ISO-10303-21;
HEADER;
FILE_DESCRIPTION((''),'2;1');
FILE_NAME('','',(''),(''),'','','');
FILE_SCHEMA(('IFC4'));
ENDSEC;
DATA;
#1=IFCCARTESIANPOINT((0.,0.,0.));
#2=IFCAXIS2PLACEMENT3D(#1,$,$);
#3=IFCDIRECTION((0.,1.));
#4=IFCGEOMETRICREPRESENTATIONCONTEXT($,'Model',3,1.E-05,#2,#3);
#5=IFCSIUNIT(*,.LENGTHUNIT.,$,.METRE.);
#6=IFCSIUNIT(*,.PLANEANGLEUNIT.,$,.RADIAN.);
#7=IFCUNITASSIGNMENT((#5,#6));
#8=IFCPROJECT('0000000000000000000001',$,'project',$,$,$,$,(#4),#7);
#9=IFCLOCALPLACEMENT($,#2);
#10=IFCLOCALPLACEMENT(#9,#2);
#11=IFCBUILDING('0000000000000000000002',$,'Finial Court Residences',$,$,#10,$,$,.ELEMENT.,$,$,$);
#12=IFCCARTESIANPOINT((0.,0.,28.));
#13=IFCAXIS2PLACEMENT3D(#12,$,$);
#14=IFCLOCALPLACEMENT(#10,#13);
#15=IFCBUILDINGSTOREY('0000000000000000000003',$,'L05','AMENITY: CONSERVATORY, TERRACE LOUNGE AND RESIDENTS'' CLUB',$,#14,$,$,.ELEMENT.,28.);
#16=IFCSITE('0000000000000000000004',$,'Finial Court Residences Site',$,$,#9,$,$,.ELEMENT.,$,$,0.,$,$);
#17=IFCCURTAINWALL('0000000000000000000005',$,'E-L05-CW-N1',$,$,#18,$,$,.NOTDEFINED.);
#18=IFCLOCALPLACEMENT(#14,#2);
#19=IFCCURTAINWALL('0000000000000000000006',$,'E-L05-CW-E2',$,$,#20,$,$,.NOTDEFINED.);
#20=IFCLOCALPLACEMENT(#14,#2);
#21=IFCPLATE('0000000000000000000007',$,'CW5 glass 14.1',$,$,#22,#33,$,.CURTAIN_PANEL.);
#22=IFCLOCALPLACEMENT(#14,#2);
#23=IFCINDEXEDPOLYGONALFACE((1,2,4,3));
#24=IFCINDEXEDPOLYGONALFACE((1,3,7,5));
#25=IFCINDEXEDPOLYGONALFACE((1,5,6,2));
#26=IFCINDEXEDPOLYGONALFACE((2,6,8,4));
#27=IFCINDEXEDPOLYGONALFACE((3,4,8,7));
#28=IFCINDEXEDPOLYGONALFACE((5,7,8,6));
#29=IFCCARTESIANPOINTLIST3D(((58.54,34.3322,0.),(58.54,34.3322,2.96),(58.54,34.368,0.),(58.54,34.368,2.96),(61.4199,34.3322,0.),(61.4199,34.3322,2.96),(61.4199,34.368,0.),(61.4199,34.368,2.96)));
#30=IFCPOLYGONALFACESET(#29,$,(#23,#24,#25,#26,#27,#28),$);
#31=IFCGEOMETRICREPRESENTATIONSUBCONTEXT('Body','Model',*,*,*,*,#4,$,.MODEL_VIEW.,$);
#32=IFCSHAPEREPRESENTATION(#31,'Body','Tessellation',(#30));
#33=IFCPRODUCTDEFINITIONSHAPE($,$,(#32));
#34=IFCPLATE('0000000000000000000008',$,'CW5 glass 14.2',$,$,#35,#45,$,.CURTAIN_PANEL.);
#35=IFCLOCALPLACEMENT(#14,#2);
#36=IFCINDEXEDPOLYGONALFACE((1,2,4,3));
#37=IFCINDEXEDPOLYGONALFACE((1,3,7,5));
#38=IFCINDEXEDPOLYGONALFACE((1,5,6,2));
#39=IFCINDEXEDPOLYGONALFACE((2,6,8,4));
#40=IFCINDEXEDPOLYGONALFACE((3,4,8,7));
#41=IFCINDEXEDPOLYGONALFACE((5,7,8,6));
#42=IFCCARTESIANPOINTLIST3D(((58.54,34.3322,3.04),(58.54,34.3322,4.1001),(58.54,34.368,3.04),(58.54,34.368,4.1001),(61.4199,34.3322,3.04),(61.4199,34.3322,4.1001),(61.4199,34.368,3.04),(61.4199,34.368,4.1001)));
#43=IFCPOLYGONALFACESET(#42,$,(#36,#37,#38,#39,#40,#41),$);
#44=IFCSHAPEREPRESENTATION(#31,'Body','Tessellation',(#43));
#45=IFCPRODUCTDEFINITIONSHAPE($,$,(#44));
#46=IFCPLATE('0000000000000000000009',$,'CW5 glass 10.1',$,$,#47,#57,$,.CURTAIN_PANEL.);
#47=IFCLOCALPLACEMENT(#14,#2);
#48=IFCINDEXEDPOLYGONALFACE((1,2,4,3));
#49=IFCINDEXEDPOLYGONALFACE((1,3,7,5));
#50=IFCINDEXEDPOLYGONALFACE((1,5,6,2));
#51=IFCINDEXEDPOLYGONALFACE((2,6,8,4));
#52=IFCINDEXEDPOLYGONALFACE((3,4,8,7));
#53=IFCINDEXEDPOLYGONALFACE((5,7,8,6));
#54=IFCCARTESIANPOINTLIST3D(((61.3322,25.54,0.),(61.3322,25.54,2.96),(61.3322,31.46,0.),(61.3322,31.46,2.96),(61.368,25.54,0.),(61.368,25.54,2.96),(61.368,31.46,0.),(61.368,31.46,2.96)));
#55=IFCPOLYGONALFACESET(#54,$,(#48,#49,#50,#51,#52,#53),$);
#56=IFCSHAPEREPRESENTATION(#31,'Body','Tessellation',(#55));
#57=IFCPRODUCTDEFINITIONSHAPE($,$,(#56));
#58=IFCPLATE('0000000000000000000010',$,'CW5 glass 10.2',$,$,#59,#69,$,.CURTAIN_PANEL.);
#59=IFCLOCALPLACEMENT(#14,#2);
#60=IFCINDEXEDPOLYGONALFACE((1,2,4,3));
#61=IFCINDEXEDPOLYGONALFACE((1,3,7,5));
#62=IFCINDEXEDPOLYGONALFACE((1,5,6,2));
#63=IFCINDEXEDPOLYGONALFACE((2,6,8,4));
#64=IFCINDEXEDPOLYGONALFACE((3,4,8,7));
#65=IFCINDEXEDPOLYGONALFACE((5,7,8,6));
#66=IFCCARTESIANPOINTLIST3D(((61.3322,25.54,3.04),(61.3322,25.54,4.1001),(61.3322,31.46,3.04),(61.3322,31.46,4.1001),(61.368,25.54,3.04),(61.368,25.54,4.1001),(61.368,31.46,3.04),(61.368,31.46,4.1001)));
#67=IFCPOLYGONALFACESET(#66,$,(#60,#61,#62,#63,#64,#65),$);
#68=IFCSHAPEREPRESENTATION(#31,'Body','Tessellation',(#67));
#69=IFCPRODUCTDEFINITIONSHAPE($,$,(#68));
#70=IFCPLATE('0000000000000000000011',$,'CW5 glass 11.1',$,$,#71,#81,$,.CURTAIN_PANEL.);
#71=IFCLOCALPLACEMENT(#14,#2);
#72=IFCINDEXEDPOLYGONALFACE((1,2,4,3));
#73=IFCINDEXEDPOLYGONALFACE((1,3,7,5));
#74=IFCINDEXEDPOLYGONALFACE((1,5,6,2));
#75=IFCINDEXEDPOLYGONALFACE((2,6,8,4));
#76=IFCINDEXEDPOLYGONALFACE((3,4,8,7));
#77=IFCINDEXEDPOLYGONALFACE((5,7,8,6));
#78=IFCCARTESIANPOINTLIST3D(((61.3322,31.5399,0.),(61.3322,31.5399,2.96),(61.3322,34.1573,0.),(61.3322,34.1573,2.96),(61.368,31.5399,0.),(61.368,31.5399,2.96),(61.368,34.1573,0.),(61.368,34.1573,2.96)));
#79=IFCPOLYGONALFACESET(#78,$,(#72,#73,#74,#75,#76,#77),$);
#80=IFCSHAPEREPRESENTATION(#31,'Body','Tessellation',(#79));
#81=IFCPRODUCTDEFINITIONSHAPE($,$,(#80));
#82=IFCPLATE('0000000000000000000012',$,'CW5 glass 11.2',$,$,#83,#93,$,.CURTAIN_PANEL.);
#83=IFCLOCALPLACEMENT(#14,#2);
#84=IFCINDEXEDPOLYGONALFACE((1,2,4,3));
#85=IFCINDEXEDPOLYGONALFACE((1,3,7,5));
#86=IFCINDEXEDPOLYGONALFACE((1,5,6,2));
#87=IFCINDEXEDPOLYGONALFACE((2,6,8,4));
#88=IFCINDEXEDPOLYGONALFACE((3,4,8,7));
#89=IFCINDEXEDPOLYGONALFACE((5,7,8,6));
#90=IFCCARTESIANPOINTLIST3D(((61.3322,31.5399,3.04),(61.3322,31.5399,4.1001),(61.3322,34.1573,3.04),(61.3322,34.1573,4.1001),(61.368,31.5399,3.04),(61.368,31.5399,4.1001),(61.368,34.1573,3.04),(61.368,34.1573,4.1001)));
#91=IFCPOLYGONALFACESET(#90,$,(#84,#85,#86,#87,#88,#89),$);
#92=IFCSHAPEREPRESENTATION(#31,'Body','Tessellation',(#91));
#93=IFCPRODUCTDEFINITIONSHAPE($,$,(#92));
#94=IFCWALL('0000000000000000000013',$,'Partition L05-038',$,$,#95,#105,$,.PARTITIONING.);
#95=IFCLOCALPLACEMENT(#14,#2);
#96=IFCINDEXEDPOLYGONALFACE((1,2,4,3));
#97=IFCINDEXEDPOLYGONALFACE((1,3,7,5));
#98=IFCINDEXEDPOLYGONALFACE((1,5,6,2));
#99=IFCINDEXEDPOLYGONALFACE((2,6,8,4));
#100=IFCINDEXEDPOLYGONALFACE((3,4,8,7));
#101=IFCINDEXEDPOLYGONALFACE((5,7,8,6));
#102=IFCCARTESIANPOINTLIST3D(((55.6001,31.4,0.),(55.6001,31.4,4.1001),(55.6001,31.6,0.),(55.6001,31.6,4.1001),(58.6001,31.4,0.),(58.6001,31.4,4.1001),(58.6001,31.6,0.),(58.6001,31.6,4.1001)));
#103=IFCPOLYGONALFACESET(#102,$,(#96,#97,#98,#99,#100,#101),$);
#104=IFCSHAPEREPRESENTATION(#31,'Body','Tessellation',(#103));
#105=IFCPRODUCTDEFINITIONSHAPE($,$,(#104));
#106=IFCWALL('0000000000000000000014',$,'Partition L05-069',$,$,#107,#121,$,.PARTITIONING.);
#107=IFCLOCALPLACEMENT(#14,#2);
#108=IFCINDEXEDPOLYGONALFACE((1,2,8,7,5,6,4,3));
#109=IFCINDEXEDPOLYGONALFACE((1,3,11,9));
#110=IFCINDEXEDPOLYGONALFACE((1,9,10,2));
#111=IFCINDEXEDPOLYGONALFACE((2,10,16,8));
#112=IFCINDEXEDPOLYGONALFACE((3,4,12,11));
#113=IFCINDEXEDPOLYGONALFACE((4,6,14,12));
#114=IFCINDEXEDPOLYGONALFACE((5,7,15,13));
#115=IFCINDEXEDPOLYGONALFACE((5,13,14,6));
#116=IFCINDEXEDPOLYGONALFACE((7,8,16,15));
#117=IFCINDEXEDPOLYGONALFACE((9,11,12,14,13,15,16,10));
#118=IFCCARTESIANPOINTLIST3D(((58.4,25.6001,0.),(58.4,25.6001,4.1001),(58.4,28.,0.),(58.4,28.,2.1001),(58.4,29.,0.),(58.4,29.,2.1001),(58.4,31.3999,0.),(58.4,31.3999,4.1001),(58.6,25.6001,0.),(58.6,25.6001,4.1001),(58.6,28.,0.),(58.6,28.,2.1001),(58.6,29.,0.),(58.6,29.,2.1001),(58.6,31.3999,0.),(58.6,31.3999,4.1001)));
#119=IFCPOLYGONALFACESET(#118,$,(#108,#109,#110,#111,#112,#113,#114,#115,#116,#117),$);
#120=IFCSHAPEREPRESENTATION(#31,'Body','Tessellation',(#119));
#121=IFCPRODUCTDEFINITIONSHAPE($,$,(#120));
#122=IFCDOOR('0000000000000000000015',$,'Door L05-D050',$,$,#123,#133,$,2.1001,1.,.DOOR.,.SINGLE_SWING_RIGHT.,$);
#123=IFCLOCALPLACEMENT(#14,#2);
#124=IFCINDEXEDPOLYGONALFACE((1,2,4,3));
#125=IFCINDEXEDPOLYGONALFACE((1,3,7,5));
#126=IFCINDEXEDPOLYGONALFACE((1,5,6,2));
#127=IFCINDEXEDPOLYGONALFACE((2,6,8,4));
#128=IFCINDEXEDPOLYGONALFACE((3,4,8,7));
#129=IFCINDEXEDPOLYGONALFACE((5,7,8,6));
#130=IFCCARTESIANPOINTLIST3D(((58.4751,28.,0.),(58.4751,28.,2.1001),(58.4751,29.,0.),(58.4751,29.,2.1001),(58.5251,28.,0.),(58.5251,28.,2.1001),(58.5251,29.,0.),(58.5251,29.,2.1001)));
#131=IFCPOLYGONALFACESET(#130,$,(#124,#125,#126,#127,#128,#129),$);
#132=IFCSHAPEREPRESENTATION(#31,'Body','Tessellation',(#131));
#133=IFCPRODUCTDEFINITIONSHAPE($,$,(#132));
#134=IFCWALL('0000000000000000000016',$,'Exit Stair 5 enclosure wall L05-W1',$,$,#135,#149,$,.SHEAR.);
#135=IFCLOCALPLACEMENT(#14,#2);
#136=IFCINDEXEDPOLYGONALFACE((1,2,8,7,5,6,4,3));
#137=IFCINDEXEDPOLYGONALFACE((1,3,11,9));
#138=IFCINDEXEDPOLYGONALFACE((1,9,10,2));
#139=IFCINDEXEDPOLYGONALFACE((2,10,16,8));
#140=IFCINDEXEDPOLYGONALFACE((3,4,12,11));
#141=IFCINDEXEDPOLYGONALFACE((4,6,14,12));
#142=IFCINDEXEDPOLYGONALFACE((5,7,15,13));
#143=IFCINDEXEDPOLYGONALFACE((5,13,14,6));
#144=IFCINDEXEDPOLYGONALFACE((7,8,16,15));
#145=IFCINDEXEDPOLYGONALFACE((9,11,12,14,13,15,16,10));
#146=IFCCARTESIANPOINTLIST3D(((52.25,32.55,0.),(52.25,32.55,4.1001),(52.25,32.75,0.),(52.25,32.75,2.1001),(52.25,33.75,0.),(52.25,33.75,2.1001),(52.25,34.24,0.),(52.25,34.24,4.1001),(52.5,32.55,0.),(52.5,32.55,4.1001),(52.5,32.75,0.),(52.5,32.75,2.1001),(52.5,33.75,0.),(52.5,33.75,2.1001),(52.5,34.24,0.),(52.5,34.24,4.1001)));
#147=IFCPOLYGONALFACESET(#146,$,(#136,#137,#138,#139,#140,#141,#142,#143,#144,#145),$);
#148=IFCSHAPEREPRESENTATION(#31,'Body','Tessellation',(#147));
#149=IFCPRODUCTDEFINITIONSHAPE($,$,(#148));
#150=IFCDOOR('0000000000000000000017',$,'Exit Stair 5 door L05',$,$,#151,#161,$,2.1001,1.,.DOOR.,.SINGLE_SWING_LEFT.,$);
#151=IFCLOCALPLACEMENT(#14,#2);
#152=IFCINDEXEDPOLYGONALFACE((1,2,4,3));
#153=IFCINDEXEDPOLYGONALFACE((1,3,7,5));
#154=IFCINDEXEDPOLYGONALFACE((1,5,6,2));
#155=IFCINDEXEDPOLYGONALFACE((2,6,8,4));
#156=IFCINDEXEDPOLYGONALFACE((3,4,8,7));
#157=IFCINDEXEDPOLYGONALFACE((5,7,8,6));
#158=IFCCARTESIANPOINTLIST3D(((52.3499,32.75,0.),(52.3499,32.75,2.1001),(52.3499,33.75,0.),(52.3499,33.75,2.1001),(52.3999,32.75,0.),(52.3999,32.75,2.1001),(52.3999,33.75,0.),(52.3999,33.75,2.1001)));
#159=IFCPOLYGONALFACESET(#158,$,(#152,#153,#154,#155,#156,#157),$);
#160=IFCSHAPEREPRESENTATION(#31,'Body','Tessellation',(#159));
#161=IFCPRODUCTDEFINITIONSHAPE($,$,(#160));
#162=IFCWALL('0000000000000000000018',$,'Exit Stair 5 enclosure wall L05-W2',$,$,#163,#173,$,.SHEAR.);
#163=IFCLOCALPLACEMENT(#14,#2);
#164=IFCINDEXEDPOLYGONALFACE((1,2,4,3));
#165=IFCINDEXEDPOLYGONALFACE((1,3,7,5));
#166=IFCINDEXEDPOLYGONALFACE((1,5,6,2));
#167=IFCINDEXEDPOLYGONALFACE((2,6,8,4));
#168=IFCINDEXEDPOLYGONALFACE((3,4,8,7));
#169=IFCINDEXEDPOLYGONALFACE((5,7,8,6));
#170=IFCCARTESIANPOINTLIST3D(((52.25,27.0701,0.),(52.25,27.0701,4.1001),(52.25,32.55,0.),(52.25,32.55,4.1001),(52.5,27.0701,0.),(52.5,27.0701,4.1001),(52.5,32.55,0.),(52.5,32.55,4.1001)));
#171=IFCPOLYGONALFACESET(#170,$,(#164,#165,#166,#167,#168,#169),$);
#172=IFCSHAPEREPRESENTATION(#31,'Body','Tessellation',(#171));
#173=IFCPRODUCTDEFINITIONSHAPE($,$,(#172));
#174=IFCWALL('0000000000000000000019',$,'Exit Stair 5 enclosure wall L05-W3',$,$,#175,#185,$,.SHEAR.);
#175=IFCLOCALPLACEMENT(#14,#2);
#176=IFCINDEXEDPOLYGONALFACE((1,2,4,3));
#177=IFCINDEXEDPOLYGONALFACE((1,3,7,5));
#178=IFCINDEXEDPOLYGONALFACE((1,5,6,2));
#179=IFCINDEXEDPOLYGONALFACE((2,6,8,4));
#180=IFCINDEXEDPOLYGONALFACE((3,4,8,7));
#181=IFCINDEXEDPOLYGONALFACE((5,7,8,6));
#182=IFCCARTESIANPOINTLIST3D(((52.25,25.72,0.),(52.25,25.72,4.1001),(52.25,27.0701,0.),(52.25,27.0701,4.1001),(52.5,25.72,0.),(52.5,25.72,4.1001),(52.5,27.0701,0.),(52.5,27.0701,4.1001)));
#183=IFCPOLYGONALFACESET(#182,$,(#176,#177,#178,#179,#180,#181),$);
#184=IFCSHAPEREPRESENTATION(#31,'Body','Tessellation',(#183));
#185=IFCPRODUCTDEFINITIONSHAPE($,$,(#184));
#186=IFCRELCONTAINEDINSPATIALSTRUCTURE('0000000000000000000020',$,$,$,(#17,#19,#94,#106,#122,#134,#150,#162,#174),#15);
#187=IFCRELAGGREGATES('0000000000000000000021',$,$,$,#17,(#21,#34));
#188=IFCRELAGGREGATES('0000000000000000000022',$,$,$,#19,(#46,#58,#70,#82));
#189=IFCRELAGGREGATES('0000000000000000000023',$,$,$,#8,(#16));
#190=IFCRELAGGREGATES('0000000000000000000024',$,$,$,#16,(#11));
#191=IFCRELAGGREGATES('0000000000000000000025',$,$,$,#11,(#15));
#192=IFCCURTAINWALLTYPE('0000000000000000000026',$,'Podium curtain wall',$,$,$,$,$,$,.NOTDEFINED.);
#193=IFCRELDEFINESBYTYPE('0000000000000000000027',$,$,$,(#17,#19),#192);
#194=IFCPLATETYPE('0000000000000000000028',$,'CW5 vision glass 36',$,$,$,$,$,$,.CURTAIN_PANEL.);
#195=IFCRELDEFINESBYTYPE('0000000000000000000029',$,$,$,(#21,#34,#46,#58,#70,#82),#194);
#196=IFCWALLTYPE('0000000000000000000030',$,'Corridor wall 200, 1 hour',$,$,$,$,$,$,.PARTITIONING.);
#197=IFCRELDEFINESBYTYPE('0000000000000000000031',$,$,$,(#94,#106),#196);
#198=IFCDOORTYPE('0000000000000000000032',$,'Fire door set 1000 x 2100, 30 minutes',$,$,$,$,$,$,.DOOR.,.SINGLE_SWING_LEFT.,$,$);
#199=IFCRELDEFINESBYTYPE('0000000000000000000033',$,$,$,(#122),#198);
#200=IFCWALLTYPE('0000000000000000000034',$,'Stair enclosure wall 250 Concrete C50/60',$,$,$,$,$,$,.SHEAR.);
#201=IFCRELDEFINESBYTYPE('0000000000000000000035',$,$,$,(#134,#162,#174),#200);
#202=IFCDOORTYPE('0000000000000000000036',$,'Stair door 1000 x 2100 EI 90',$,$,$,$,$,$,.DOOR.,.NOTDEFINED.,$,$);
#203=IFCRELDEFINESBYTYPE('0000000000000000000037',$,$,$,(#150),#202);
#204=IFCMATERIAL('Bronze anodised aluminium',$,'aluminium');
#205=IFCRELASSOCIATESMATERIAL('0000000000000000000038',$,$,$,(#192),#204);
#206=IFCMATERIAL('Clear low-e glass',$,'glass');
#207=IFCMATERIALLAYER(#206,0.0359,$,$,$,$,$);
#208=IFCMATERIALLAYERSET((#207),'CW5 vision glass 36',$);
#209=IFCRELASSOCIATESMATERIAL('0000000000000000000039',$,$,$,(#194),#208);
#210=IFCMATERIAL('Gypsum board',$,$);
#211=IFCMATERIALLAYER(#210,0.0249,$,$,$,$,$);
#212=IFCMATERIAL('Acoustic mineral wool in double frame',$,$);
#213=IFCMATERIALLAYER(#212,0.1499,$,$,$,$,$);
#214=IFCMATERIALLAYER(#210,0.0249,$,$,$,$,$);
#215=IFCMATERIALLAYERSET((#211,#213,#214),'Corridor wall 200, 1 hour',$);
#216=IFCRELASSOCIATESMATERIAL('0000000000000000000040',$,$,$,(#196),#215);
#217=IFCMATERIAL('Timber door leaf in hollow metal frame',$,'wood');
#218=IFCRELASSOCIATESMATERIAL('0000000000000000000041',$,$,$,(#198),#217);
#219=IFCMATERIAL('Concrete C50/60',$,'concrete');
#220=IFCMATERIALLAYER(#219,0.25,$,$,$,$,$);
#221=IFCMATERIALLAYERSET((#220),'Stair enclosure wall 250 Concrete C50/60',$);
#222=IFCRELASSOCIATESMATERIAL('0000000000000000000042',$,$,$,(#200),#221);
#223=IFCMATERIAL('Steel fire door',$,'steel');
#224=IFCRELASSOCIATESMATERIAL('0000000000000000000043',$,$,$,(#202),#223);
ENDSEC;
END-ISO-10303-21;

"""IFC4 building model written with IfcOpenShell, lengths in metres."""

from ifc_helpers import new_model, si_unit, direction, frame, frame_2d, origin, origin_2d, place, context, subcontext, project, spatial, rectangle, extrude, material, layer, layer_set, type_object, element, fill, aggregate, save


model = new_model("IFC4")

# Units and contexts
model_context = context("Model", 3, precision=1e-05, world=origin(), true_north=direction((0.0, 1.0)))
body_context = subcontext(model_context, "Body", "Model", "MODEL_VIEW")
ifc_project = project(units=[si_unit("LENGTHUNIT", "METRE"), si_unit("PLANEANGLEUNIT", "RADIAN")], contexts=[model_context])

# Site, building, storey
site_placement = place(None, origin())
site = spatial("IfcSite", under=ifc_project, at=site_placement, Name="Finial Court Residences Site", CompositionType="ELEMENT", RefElevation=0.0)
building_placement = place(site_placement, origin())
building = spatial("IfcBuilding", under=site, at=building_placement, Name="Finial Court Residences", CompositionType="ELEMENT")
storey_placement = place(building_placement, frame((0.0, 0.0, 28.0)))
storey = spatial("IfcBuildingStorey", under=building, at=storey_placement, Name="L05", Description="AMENITY: CONSERVATORY, TERRACE LOUNGE AND RESIDENTS' CLUB", CompositionType="ELEMENT", Elevation=28.0)

# Shared definitions
ifc_material_1 = material(Name="Concrete C50/60", Category="concrete")

# Curtain walls
ifc_material_2 = material(Name="Bronze anodised aluminium", Category="aluminium")
curtain_wall_type = type_object("IfcCurtainWallType", Name="Podium curtain wall", PredefinedType="NOTDEFINED", material=ifc_material_2)
curtain_wall_1_placement = place(storey_placement, origin())
curtain_wall_1 = element("IfcCurtainWall", 1, at=curtain_wall_1_placement, inside=storey, type_object=curtain_wall_type, Name="E-L05-CW-N1", PredefinedType="NOTDEFINED")
curtain_wall_2_placement = place(storey_placement, origin())
curtain_wall_2 = element("IfcCurtainWall", 2, at=curtain_wall_2_placement, inside=storey, type_object=curtain_wall_type, Name="E-L05-CW-E2", PredefinedType="NOTDEFINED")

# Plates
ifc_material_3 = material(Name="Clear low-e glass", Category="glass")
ifc_layer_1 = layer(ifc_material_3, 0.0359)
ifc_layer_set_1 = layer_set([ifc_layer_1], Name="CW5 vision glass 36")
plate_type = type_object("IfcPlateType", Name="CW5 vision glass 36", PredefinedType="CURTAIN_PANEL", material=ifc_layer_set_1)
plate_1_placement = place(storey_placement, frame((59.98, 34.3501, 0.0), z_axis=(0.0, 0.0, 1.0), x_axis=(1.0, 0.0, 0.0)))
plate_1 = element("IfcPlate", 3, at=plate_1_placement, type_object=plate_type, Name="CW5 glass 14.1", PredefinedType="CURTAIN_PANEL", context=body_context, shape_type="SweptSolid", body=[
    extrude(rectangle(XDim=2.8799, YDim=0.0359, at=origin_2d()), origin(), (0.0, 0.0, 1.0), 2.96),
])
plate_2_placement = place(storey_placement, frame((59.98, 34.3501, 3.04), z_axis=(0.0, 0.0, 1.0), x_axis=(1.0, 0.0, 0.0)))
plate_2 = element("IfcPlate", 4, at=plate_2_placement, type_object=plate_type, Name="CW5 glass 14.2", PredefinedType="CURTAIN_PANEL", context=body_context, shape_type="SweptSolid", body=[
    extrude(rectangle(XDim=2.8799, YDim=0.0359, at=origin_2d()), origin(), (0.0, 0.0, 1.0), 1.0601),
])
aggregate(curtain_wall_1, [plate_1, plate_2])
plate_3_placement = place(storey_placement, frame((61.3501, 28.5, 0.0), z_axis=(0.0, 0.0, 1.0), x_axis=(0.0, 1.0, 0.0)))
plate_3 = element("IfcPlate", 5, at=plate_3_placement, type_object=plate_type, Name="CW5 glass 10.1", PredefinedType="CURTAIN_PANEL", context=body_context, shape_type="SweptSolid", body=[
    extrude(rectangle(XDim=5.9199, YDim=0.0359, at=origin_2d()), origin(), (0.0, 0.0, 1.0), 2.96),
])
plate_4_placement = place(storey_placement, frame((61.3501, 28.5, 3.04), z_axis=(0.0, 0.0, 1.0), x_axis=(0.0, 1.0, 0.0)))
plate_4 = element("IfcPlate", 6, at=plate_4_placement, type_object=plate_type, Name="CW5 glass 10.2", PredefinedType="CURTAIN_PANEL", context=body_context, shape_type="SweptSolid", body=[
    extrude(rectangle(XDim=5.9199, YDim=0.0359, at=origin_2d()), origin(), (0.0, 0.0, 1.0), 1.0601),
])
plate_5_placement = place(storey_placement, frame((61.3501, 32.8486, 0.0), z_axis=(0.0, 0.0, 1.0), x_axis=(0.0, 1.0, 0.0)))
plate_5 = element("IfcPlate", 7, at=plate_5_placement, type_object=plate_type, Name="CW5 glass 11.1", PredefinedType="CURTAIN_PANEL", context=body_context, shape_type="SweptSolid", body=[
    extrude(rectangle(XDim=2.6174, YDim=0.0359, at=origin_2d()), origin(), (0.0, 0.0, 1.0), 2.96),
])
plate_6_placement = place(storey_placement, frame((61.3501, 32.8486, 3.04), z_axis=(0.0, 0.0, 1.0), x_axis=(0.0, 1.0, 0.0)))
plate_6 = element("IfcPlate", 8, at=plate_6_placement, type_object=plate_type, Name="CW5 glass 11.2", PredefinedType="CURTAIN_PANEL", context=body_context, shape_type="SweptSolid", body=[
    extrude(rectangle(XDim=2.6174, YDim=0.0359, at=origin_2d()), origin(), (0.0, 0.0, 1.0), 1.0601),
])
aggregate(curtain_wall_2, [plate_3, plate_4, plate_5, plate_6])

# Wall
ifc_material_4 = material(Name="Gypsum board")
ifc_layer_2 = layer(ifc_material_4, 0.0249)
ifc_material_5 = material(Name="Acoustic mineral wool in double frame")
ifc_layer_3 = layer(ifc_material_5, 0.1499)
ifc_layer_4 = layer(ifc_material_4, 0.0249)
ifc_layer_set_2 = layer_set([ifc_layer_2, ifc_layer_3, ifc_layer_4], Name="Corridor wall 200, 1 hour")
wall_type_1 = type_object("IfcWallType", Name="Corridor wall 200, 1 hour", PredefinedType="PARTITIONING", material=ifc_layer_set_2)
wall_1_placement = place(storey_placement, frame((55.6001, 31.5, 0.0), z_axis=(0.0, 0.0, 1.0), x_axis=(1.0, 0.0, 0.0)))
element("IfcWall", 9, at=wall_1_placement, inside=storey, type_object=wall_type_1, Name="Partition L05-038", PredefinedType="PARTITIONING", context=body_context, shape_type="SweptSolid", body=[
    extrude(rectangle(XDim=3.0, YDim=0.2, at=frame_2d((1.5, 0.0))), origin(), (0.0, 0.0, 1.0), 4.1001),
])

# Walls, openings, doors
wall_2_placement = place(storey_placement, frame((58.5, 25.6001, 0.0), z_axis=(0.0, 0.0, 1.0), x_axis=(0.0, 1.0, 0.0)))
wall_2 = element("IfcWall", 10, at=wall_2_placement, inside=storey, type_object=wall_type_1, Name="Partition L05-069", PredefinedType="PARTITIONING", context=body_context, shape_type="SweptSolid", body=[
    extrude(rectangle(XDim=5.7998, YDim=0.2, at=frame_2d((2.8999, 0.0))), origin(), (0.0, 0.0, 1.0), 4.1001),
])
opening_1_placement = place(wall_2_placement, frame((2.3999, 0.0, 0.0)))
opening_1 = element("IfcOpeningElement", 11, at=opening_1_placement, cuts=wall_2, PredefinedType="OPENING", context=body_context, shape_type="SweptSolid", body=[
    extrude(rectangle(XDim=1.0, YDim=2.1001, at=frame_2d((0.5, 1.05))), frame((0.0, 0.1099, 0.0), z_axis=(0.0, -1.0, 0.0), x_axis=(1.0, 0.0, 0.0)), (0.0, 0.0, 1.0), 0.22),
])
ifc_material_6 = material(Name="Timber door leaf in hollow metal frame", Category="wood")
door_type_1 = type_object("IfcDoorType", Name="Fire door set 1000 x 2100, 30 minutes", OperationType="SINGLE_SWING_LEFT", PredefinedType="DOOR", material=ifc_material_6)
door_1_placement = place(opening_1_placement, origin())
door_1 = element("IfcDoor", 12, at=door_1_placement, inside=storey, type_object=door_type_1, Name="Door L05-D050", OperationType="SINGLE_SWING_RIGHT", OverallHeight=2.1001, OverallWidth=1.0, PredefinedType="DOOR", context=body_context, shape_type="SweptSolid", body=[
    extrude(rectangle(XDim=1.0, YDim=2.1001, at=frame_2d((0.5, 1.05))), frame((0.0, 0.0249, 0.0), z_axis=(0.0, -1.0, 0.0), x_axis=(1.0, 0.0, 0.0)), (0.0, 0.0, 1.0), 0.05),
])
fill(opening_1, door_1)
ifc_layer_5 = layer(ifc_material_1, 0.25)
ifc_layer_set_3 = layer_set([ifc_layer_5], Name="Stair enclosure wall 250 Concrete C50/60")
wall_type_2 = type_object("IfcWallType", Name="Stair enclosure wall 250 Concrete C50/60", PredefinedType="SHEAR", material=ifc_layer_set_3)
wall_3_placement = place(storey_placement, frame((52.375, 34.24, 0.0), z_axis=(0.0, 0.0, 1.0), x_axis=(0.0, -1.0, 0.0)))
wall_3 = element("IfcWall", 13, at=wall_3_placement, inside=storey, type_object=wall_type_2, Name="Exit Stair 5 enclosure wall L05-W1", PredefinedType="SHEAR", context=body_context, shape_type="SweptSolid", body=[
    extrude(rectangle(XDim=1.6899, YDim=0.25, at=frame_2d((0.845, 0.0))), origin(), (0.0, 0.0, 1.0), 4.1001),
])
opening_2_placement = place(wall_3_placement, frame((0.49, 0.0, 0.0)))
opening_2 = element("IfcOpeningElement", 14, at=opening_2_placement, cuts=wall_3, PredefinedType="OPENING", context=body_context, shape_type="SweptSolid", body=[
    extrude(rectangle(XDim=1.0, YDim=2.1001, at=frame_2d((0.5, 1.05))), frame((0.0, 0.135, 0.0), z_axis=(0.0, -1.0, 0.0), x_axis=(1.0, 0.0, 0.0)), (0.0, 0.0, 1.0), 0.27),
])
ifc_material_7 = material(Name="Steel fire door", Category="steel")
door_type_2 = type_object("IfcDoorType", Name="Stair door 1000 x 2100 EI 90", OperationType="NOTDEFINED", PredefinedType="DOOR", material=ifc_material_7)
door_2_placement = place(opening_2_placement, origin())
door_2 = element("IfcDoor", 15, at=door_2_placement, inside=storey, type_object=door_type_2, Name="Exit Stair 5 door L05", OperationType="SINGLE_SWING_LEFT", OverallHeight=2.1001, OverallWidth=1.0, PredefinedType="DOOR", context=body_context, shape_type="SweptSolid", body=[
    extrude(rectangle(XDim=1.0, YDim=2.1001, at=frame_2d((0.5, 1.05))), frame((0.0, 0.0249, 0.0), z_axis=(0.0, -1.0, 0.0), x_axis=(1.0, 0.0, 0.0)), (0.0, 0.0, 1.0), 0.05),
])
fill(opening_2, door_2)

# Walls
wall_4_placement = place(storey_placement, frame((52.375, 27.0701, 0.0), z_axis=(0.0, 0.0, 1.0), x_axis=(0.0, 1.0, 0.0)))
element("IfcWall", 16, at=wall_4_placement, inside=storey, type_object=wall_type_2, Name="Exit Stair 5 enclosure wall L05-W2", PredefinedType="SHEAR", context=body_context, shape_type="SweptSolid", body=[
    extrude(rectangle(XDim=5.48, YDim=0.25, at=frame_2d((2.74, 0.0))), origin(), (0.0, 0.0, 1.0), 4.1001),
])
wall_5_placement = place(storey_placement, frame((52.375, 25.72, 0.0), z_axis=(0.0, 0.0, 1.0), x_axis=(0.0, 1.0, 0.0)))
element("IfcWall", 17, at=wall_5_placement, inside=storey, type_object=wall_type_2, Name="Exit Stair 5 enclosure wall L05-W3", PredefinedType="SHEAR", context=body_context, shape_type="SweptSolid", body=[
    extrude(rectangle(XDim=1.3501, YDim=0.25, at=frame_2d((0.675, 0.0))), origin(), (0.0, 0.0, 1.0), 4.1001),
])

save(model, "model.ifc")
